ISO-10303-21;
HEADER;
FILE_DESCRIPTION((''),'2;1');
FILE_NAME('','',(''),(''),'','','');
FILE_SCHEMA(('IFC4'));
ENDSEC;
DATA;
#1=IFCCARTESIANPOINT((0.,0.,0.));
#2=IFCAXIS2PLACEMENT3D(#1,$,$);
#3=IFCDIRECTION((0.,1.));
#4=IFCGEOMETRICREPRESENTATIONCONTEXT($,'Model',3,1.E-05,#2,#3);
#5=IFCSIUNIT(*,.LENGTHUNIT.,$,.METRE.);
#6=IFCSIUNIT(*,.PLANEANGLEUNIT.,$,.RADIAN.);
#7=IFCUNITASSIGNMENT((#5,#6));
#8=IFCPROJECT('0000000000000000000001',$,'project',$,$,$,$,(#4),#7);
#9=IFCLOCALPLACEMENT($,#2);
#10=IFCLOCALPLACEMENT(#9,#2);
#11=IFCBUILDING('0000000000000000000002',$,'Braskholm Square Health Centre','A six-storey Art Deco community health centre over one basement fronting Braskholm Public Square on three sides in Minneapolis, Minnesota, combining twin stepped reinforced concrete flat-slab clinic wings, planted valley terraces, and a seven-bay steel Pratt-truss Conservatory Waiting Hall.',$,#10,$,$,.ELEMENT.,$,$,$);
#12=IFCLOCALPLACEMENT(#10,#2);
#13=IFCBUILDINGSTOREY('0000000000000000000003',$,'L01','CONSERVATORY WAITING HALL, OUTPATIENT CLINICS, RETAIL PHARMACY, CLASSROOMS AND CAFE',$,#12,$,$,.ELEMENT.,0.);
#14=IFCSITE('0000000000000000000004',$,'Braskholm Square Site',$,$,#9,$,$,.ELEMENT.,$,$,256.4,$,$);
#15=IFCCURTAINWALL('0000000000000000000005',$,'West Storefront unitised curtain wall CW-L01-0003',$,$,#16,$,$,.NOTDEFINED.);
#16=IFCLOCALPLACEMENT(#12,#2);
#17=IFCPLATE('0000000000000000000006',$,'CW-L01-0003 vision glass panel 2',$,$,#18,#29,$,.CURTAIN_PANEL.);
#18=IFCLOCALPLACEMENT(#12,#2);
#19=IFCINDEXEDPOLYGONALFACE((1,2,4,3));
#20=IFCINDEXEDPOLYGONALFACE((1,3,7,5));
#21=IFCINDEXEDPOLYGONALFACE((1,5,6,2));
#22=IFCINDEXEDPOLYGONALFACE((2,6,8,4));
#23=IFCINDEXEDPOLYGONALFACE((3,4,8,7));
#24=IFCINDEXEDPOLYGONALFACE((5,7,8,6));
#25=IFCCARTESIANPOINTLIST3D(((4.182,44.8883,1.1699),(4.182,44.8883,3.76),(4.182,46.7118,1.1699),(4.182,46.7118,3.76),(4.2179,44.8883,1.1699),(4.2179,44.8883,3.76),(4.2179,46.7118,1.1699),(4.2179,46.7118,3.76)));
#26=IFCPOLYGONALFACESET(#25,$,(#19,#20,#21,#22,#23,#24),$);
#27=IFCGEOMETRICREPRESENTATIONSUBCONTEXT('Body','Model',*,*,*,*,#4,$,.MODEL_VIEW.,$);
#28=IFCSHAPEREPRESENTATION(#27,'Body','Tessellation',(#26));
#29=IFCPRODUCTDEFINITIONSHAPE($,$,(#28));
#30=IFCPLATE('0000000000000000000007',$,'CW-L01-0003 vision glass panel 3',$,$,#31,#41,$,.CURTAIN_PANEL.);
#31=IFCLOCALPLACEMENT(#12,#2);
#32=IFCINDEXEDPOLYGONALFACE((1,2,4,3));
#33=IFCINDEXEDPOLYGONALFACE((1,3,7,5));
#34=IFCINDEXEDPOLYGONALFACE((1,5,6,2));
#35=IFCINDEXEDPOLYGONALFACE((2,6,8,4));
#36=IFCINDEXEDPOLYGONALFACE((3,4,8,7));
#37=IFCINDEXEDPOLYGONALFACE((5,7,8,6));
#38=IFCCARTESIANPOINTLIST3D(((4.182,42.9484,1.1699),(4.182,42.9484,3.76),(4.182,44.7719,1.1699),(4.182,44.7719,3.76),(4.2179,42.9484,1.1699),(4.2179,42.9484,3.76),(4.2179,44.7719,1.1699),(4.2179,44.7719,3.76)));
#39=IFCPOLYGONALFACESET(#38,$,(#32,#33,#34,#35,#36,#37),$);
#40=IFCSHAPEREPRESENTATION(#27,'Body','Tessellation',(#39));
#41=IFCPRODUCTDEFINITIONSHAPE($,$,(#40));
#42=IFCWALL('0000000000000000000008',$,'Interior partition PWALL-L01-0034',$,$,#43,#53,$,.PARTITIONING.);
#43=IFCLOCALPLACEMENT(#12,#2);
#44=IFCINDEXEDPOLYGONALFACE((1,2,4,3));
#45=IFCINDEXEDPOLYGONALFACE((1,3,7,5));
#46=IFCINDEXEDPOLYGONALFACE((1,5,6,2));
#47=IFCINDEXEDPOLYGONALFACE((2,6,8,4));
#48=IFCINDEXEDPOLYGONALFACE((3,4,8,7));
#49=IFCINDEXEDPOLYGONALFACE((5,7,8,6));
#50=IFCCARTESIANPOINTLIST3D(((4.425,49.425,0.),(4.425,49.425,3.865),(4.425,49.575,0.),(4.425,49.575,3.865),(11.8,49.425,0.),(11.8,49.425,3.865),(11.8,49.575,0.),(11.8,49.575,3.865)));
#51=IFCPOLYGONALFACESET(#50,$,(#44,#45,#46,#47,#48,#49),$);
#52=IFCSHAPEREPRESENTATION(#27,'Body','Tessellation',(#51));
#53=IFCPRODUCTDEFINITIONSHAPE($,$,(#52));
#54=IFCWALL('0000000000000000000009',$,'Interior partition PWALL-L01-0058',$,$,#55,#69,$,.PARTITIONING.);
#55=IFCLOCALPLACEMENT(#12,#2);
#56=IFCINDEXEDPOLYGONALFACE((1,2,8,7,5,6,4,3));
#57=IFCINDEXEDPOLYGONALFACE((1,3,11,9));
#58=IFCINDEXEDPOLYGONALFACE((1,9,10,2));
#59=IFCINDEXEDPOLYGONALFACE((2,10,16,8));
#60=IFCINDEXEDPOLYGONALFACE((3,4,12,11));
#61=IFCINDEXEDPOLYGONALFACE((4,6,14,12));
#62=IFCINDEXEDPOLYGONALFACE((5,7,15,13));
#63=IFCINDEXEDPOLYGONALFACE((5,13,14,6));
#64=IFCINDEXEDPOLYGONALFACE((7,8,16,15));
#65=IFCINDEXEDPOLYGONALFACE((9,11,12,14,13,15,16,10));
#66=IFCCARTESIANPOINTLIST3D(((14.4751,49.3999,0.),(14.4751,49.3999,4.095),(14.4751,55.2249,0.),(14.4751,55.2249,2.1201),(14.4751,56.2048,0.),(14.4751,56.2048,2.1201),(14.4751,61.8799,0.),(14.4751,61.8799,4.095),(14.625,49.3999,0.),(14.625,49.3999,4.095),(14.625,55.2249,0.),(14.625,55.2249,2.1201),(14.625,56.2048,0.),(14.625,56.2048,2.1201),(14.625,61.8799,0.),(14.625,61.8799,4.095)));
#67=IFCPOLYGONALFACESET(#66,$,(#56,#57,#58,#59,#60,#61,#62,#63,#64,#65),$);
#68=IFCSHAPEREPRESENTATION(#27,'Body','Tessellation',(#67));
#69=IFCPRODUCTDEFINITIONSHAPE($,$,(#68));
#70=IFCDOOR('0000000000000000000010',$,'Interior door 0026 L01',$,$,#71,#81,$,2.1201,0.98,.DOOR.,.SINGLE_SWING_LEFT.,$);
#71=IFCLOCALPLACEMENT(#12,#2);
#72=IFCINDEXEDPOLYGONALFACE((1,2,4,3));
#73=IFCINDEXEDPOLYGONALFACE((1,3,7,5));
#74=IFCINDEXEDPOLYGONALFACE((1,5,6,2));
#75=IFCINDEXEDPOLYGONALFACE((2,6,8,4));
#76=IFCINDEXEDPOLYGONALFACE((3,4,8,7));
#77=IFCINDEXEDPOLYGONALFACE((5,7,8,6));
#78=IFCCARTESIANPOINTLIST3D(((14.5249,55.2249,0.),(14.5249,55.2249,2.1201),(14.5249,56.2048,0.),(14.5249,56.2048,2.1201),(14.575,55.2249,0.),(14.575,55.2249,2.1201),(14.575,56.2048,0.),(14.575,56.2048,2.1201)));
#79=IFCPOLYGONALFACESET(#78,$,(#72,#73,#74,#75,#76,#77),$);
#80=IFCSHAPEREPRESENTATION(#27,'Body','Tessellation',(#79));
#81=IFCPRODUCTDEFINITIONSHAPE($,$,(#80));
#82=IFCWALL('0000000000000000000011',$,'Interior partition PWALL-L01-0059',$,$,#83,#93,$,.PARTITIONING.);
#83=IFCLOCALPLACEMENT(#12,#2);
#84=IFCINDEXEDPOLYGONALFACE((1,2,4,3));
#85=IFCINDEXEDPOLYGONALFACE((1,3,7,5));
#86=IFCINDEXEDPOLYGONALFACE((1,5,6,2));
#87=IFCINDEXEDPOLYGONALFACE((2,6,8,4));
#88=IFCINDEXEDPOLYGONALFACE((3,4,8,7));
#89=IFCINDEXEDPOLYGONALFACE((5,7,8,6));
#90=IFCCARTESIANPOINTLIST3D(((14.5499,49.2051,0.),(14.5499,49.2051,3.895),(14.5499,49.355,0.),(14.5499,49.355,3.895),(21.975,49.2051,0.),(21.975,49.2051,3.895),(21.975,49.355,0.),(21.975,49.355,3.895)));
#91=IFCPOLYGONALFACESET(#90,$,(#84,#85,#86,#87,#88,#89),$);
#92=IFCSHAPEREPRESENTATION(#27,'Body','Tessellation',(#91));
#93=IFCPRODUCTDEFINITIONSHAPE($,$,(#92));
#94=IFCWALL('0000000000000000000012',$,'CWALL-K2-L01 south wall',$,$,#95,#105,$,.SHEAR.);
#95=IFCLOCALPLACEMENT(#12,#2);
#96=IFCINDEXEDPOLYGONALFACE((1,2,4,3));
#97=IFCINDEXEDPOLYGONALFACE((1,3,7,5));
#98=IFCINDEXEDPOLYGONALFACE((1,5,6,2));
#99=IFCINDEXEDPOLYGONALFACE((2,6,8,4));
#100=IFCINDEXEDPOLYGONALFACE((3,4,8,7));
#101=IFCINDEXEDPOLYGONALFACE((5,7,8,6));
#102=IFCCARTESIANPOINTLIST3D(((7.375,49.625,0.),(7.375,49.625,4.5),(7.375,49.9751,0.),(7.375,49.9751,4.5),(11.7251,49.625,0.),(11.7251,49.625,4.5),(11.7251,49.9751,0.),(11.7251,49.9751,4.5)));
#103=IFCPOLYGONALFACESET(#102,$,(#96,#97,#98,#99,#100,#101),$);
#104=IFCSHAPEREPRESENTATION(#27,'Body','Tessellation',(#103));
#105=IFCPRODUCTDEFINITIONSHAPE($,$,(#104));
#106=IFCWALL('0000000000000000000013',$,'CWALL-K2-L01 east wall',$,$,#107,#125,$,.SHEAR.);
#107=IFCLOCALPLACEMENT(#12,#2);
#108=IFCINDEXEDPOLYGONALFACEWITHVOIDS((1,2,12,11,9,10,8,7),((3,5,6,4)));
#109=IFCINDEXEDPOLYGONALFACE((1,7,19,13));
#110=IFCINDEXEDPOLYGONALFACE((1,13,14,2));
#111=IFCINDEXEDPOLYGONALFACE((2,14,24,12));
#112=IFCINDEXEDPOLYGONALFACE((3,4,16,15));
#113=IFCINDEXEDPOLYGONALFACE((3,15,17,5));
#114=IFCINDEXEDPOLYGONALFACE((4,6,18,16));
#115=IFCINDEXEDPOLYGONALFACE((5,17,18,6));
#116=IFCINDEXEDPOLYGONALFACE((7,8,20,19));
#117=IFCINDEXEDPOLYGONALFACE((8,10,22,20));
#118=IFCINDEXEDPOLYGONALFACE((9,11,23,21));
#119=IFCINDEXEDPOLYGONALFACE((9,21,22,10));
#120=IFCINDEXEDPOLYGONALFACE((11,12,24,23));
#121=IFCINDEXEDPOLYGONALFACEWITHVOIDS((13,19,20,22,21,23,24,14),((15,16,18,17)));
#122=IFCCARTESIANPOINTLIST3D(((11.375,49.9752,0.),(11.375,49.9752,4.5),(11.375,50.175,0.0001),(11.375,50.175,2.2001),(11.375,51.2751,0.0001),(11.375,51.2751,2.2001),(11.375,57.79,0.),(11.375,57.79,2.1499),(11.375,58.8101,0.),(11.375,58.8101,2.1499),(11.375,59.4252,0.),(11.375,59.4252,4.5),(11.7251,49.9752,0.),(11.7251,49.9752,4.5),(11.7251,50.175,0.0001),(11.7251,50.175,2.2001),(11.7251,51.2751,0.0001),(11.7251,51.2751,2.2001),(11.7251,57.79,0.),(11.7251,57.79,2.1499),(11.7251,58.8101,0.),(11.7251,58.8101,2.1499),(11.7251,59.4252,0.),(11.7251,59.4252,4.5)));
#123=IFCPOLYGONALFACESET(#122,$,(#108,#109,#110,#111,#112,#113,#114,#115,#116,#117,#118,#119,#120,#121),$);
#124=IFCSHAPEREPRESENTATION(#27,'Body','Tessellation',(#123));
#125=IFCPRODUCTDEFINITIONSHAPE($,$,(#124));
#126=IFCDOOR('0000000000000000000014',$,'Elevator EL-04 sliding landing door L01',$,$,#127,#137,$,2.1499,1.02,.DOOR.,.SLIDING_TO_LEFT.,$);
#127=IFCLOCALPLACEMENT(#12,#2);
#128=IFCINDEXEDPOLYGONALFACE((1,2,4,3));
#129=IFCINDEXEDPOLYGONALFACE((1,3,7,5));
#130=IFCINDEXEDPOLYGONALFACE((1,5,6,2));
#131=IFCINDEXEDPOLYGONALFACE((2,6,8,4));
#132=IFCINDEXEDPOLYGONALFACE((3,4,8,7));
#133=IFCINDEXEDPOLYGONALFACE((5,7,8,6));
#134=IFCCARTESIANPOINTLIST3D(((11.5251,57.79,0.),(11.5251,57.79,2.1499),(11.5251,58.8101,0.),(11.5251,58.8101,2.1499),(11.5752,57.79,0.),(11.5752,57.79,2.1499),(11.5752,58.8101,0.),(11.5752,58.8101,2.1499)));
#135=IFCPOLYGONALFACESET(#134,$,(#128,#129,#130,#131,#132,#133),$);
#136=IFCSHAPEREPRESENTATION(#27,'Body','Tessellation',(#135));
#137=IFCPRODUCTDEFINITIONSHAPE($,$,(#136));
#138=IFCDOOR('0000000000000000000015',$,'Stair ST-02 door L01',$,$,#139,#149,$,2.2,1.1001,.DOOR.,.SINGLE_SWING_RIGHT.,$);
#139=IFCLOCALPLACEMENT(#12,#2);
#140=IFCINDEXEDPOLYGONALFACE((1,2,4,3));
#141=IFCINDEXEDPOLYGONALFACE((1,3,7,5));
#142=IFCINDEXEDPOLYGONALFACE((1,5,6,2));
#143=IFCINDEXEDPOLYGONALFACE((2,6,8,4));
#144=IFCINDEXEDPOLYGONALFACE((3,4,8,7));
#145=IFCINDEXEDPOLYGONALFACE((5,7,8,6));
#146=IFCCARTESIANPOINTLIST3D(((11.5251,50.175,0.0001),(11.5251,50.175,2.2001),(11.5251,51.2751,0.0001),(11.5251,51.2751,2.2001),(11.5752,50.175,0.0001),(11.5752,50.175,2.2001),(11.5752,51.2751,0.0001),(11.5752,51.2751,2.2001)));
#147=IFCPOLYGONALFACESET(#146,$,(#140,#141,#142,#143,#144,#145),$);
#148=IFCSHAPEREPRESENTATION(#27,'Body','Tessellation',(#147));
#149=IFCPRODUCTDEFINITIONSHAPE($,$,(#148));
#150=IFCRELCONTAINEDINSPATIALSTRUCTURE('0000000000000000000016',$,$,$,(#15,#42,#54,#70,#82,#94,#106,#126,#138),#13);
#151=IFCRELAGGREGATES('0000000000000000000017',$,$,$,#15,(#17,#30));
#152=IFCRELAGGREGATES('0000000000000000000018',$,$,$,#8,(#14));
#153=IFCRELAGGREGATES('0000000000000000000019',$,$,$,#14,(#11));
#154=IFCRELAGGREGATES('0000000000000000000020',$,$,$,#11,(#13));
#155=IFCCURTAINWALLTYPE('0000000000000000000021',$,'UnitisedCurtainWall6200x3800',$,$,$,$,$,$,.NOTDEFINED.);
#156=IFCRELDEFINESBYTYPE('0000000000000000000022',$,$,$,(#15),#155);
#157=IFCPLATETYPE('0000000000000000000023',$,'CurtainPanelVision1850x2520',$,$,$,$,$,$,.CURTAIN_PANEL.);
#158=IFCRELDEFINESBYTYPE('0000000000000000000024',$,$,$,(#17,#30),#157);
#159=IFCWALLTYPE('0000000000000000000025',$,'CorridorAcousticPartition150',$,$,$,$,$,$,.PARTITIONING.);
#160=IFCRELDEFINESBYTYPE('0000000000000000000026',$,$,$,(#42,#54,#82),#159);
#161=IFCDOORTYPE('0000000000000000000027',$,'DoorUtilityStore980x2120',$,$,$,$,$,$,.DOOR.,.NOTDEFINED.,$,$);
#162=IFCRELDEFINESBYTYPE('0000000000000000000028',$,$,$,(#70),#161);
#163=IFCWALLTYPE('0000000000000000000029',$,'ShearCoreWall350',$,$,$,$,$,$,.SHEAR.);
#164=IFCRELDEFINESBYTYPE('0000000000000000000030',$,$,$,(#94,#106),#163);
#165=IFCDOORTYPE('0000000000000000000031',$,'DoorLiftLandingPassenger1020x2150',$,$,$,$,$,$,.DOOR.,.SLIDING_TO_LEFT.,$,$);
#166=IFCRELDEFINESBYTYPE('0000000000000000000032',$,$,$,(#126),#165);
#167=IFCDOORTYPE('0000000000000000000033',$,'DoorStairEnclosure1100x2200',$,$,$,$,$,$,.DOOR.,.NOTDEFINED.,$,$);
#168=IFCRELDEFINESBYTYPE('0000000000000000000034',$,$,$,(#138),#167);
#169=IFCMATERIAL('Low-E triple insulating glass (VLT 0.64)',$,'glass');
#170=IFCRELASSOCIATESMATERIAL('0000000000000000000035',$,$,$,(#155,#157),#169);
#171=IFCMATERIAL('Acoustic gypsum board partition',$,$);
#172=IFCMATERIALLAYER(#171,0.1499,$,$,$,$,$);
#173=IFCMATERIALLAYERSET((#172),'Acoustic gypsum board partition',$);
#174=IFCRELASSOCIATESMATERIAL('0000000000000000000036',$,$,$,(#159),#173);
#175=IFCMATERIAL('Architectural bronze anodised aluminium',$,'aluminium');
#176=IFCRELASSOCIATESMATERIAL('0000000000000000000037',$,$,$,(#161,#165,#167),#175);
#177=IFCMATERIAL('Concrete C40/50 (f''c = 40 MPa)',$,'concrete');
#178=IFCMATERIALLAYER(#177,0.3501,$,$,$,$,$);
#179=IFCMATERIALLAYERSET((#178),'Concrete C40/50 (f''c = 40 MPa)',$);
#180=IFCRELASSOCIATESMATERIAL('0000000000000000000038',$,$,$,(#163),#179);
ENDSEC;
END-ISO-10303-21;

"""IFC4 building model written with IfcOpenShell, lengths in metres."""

from ifc_helpers import new_model, si_unit, direction, frame, frame_2d, origin, origin_with_axes, origin_2d, place, context, subcontext, project, spatial, rectangle, extrude, material, layer, layer_set, type_object, element, fill, aggregate, save


model = new_model("IFC4")

# Units and contexts
model_context = context("Model", 3, precision=1e-05, world=origin(), true_north=direction((0.0, 1.0)))
body_context = subcontext(model_context, "Body", "Model", "MODEL_VIEW")
ifc_project = project(units=[si_unit("LENGTHUNIT", "METRE"), si_unit("PLANEANGLEUNIT", "RADIAN")], contexts=[model_context])

# Site, building, storey
site_placement = place(None, origin())
site = spatial("IfcSite", under=ifc_project, at=site_placement, Name="Braskholm Square Site", CompositionType="ELEMENT", RefElevation=256.4)
building_placement = place(site_placement, origin())
building = spatial("IfcBuilding", under=site, at=building_placement, Name="Braskholm Square Health Centre", Description="A six-storey Art Deco community health centre over one basement fronting Braskholm Public Square on three sides in Minneapolis, Minnesota, combining twin stepped reinforced concrete flat-slab clinic wings, planted valley terraces, and a seven-bay steel Pratt-truss Conservatory Waiting Hall.", CompositionType="ELEMENT")
storey_placement = place(building_placement, origin())
storey = spatial("IfcBuildingStorey", under=building, at=storey_placement, Name="L01", Description="CONSERVATORY WAITING HALL, OUTPATIENT CLINICS, RETAIL PHARMACY, CLASSROOMS AND CAFE", CompositionType="ELEMENT", Elevation=0.0)

# Shared definitions
ifc_material_1 = material(Name="Concrete C40/50 (f'c = 40 MPa)", Category="concrete")

# Curtain wall
ifc_material_2 = material(Name="Low-E triple insulating glass (VLT 0.64)", Category="glass")
curtain_wall_type = type_object("IfcCurtainWallType", Name="UnitisedCurtainWall6200x3800", PredefinedType="NOTDEFINED", material=ifc_material_2)
curtain_wall_placement = place(storey_placement, origin())
curtain_wall = element("IfcCurtainWall", 1, at=curtain_wall_placement, inside=storey, type_object=curtain_wall_type, Name="West Storefront unitised curtain wall CW-L01-0003", PredefinedType="NOTDEFINED")
ifc_material_3 = material(Name="Architectural bronze anodised aluminium", Category="aluminium")

# Plates
plate_type_1 = type_object("IfcPlateType", Name="CurtainPanelVision1850x2520", PredefinedType="CURTAIN_PANEL", material=ifc_material_2)
plate_1_placement = place(storey_placement, frame((4.2, 45.8, 1.1699), z_axis=(0.0, 0.0, 1.0), x_axis=(0.0, -1.0, 0.0)))
plate_1 = element("IfcPlate", 2, at=plate_1_placement, type_object=plate_type_1, Name="CW-L01-0003 vision glass panel 2", PredefinedType="CURTAIN_PANEL", context=body_context, shape_type="SweptSolid", body=[
    extrude(rectangle(XDim=1.8235, YDim=0.0359, at=origin_2d()), origin(), (0.0, 0.0, 1.0), 2.5901),
])
plate_2_placement = place(storey_placement, frame((4.2, 43.8601, 1.1699), z_axis=(0.0, 0.0, 1.0), x_axis=(0.0, -1.0, 0.0)))
plate_2 = element("IfcPlate", 3, at=plate_2_placement, type_object=plate_type_1, Name="CW-L01-0003 vision glass panel 3", PredefinedType="CURTAIN_PANEL", context=body_context, shape_type="SweptSolid", body=[
    extrude(rectangle(XDim=1.8235, YDim=0.0359, at=origin_2d()), origin(), (0.0, 0.0, 1.0), 2.5901),
])
aggregate(curtain_wall, [plate_1, plate_2])

# Wall
ifc_material_4 = material(Name="Acoustic gypsum board partition")
ifc_layer_1 = layer(ifc_material_4, 0.1499)
ifc_layer_set_1 = layer_set([ifc_layer_1], Name="Acoustic gypsum board partition")
wall_type_1 = type_object("IfcWallType", Name="CorridorAcousticPartition150", PredefinedType="PARTITIONING", material=ifc_layer_set_1)
wall_1_placement = place(storey_placement, frame((4.425, 49.5, 0.0), z_axis=(0.0, 0.0, 1.0), x_axis=(1.0, 0.0, 0.0)))
element("IfcWall", 4, at=wall_1_placement, inside=storey, type_object=wall_type_1, Name="Interior partition PWALL-L01-0034", PredefinedType="PARTITIONING", context=body_context, shape_type="SweptSolid", body=[
    extrude(rectangle(XDim=7.375, YDim=0.1499, at=frame_2d((3.6875, 0.0))), origin(), (0.0, 0.0, 1.0), 3.865),
])

# Wall, opening, door
wall_2_placement = place(storey_placement, frame((14.55, 49.3999, 0.0), z_axis=(0.0, 0.0, 1.0), x_axis=(0.0, 1.0, 0.0)))
wall_2 = element("IfcWall", 5, at=wall_2_placement, inside=storey, type_object=wall_type_1, Name="Interior partition PWALL-L01-0058", PredefinedType="PARTITIONING", context=body_context, shape_type="SweptSolid", body=[
    extrude(rectangle(XDim=12.48, YDim=0.1499, at=frame_2d((6.24, 0.0))), origin(), (0.0, 0.0, 1.0), 4.095),
])
opening_1_placement = place(wall_2_placement, frame((5.825, 0.0, 0.0)))
opening_1 = element("IfcOpeningElement", 6, at=opening_1_placement, cuts=wall_2, PredefinedType="OPENING", context=body_context, shape_type="SweptSolid", body=[
    extrude(rectangle(XDim=0.98, YDim=2.1201, at=frame_2d((0.49, 1.0601))), frame((0.0, 0.085, 0.0), z_axis=(0.0, -1.0, 0.0), x_axis=(1.0, 0.0, 0.0)), (0.0, 0.0, 1.0), 0.1699),
])
door_type_1 = type_object("IfcDoorType", Name="DoorUtilityStore980x2120", OperationType="NOTDEFINED", PredefinedType="DOOR", material=ifc_material_3)
door_1_placement = place(opening_1_placement, frame((0.98, 0.0, 0.0), z_axis=(0.0, 0.0, 1.0), x_axis=(-1.0, 0.0, 0.0)))
door_1 = element("IfcDoor", 7, at=door_1_placement, inside=storey, type_object=door_type_1, Name="Interior door 0026 L01", OperationType="SINGLE_SWING_LEFT", OverallHeight=2.1201, OverallWidth=0.98, PredefinedType="DOOR", context=body_context, shape_type="SweptSolid", body=[
    extrude(rectangle(XDim=0.98, YDim=2.1201, at=frame_2d((0.49, 1.0601))), frame((0.0, 0.0249, 0.0), z_axis=(0.0, -1.0, 0.0), x_axis=(1.0, 0.0, 0.0)), (0.0, 0.0, 1.0), 0.05),
])
fill(opening_1, door_1)

# Walls
wall_3_placement = place(storey_placement, frame((14.55, 49.28, 0.0), z_axis=(0.0, 0.0, 1.0), x_axis=(1.0, 0.0, 0.0)))
element("IfcWall", 8, at=wall_3_placement, inside=storey, type_object=wall_type_1, Name="Interior partition PWALL-L01-0059", PredefinedType="PARTITIONING", context=body_context, shape_type="SweptSolid", body=[
    extrude(rectangle(XDim=7.425, YDim=0.1499, at=frame_2d((3.7124, 0.0))), origin(), (0.0, 0.0, 1.0), 3.895),
])
ifc_layer_2 = layer(ifc_material_1, 0.3501)
ifc_layer_set_2 = layer_set([ifc_layer_2], Name="Concrete C40/50 (f'c = 40 MPa)")
wall_type_2 = type_object("IfcWallType", Name="ShearCoreWall350", PredefinedType="SHEAR", material=ifc_layer_set_2)
wall_4_placement = place(storey_placement, frame((7.375, 49.8, 0.0), z_axis=(0.0, 0.0, 1.0), x_axis=(1.0, 0.0, 0.0)))
element("IfcWall", 9, at=wall_4_placement, inside=storey, type_object=wall_type_2, Name="CWALL-K2-L01 south wall", PredefinedType="SHEAR", context=body_context, shape_type="SweptSolid", body=[
    extrude(rectangle(XDim=4.3501, YDim=0.3501, at=frame_2d((2.175, 0.0))), origin(), (0.0, 0.0, 1.0), 4.5),
])

# Wall, openings, doors
wall_5_placement = place(storey_placement, frame((11.55, 49.9751, 0.0), z_axis=(0.0, 0.0, 1.0), x_axis=(0.0, 1.0, 0.0)))
wall_5 = element("IfcWall", 10, at=wall_5_placement, inside=storey, type_object=wall_type_2, Name="CWALL-K2-L01 east wall", PredefinedType="SHEAR", context=body_context, shape_type="SweptSolid", body=[
    extrude(rectangle(XDim=9.45, YDim=0.3501, at=frame_2d((4.7251, 0.0))), origin(), (0.0, 0.0, 1.0), 4.5),
])
opening_2_placement = place(wall_5_placement, frame((0.2, 0.0, 0.0)))
opening_2 = element("IfcOpeningElement", 11, at=opening_2_placement, cuts=wall_5, PredefinedType="OPENING", context=body_context, shape_type="SweptSolid", body=[
    extrude(rectangle(XDim=1.1001, YDim=2.2, at=frame_2d((0.55, 1.1001))), frame((0.0, 0.1851, 0.0), z_axis=(0.0, -1.0, 0.0), x_axis=(1.0, 0.0, 0.0)), (0.0, 0.0, 1.0), 0.3701),
])
opening_3_placement = place(wall_5_placement, frame((7.8149, 0.0, 0.0)))
opening_3 = element("IfcOpeningElement", 12, at=opening_3_placement, cuts=wall_5, PredefinedType="OPENING", context=body_context, shape_type="SweptSolid", body=[
    extrude(rectangle(XDim=1.02, YDim=2.1499, at=frame_2d((0.51, 1.075))), frame((0.0, 0.1851, 0.0), z_axis=(0.0, -1.0, 0.0), x_axis=(1.0, 0.0, 0.0)), (0.0, 0.0, 1.0), 0.3701),
])
door_type_2 = type_object("IfcDoorType", Name="DoorLiftLandingPassenger1020x2150", OperationType="SLIDING_TO_LEFT", PredefinedType="DOOR", material=ifc_material_3)
door_2_placement = place(opening_3_placement, origin_with_axes())
door_2 = element("IfcDoor", 13, at=door_2_placement, inside=storey, type_object=door_type_2, Name="Elevator EL-04 sliding landing door L01", OperationType="SLIDING_TO_LEFT", OverallHeight=2.1499, OverallWidth=1.02, PredefinedType="DOOR", context=body_context, shape_type="SweptSolid", body=[
    extrude(rectangle(XDim=1.02, YDim=2.1499, at=frame_2d((0.51, 1.075))), frame((0.0, 0.0249, 0.0), z_axis=(0.0, -1.0, 0.0), x_axis=(1.0, 0.0, 0.0)), (0.0, 0.0, 1.0), 0.05),
])
fill(opening_3, door_2)
door_type_3 = type_object("IfcDoorType", Name="DoorStairEnclosure1100x2200", OperationType="NOTDEFINED", PredefinedType="DOOR", material=ifc_material_3)
door_3_placement = place(opening_2_placement, origin_with_axes())
door_3 = element("IfcDoor", 14, at=door_3_placement, inside=storey, type_object=door_type_3, Name="Stair ST-02 door L01", OperationType="SINGLE_SWING_RIGHT", OverallHeight=2.2, OverallWidth=1.1001, PredefinedType="DOOR", context=body_context, shape_type="SweptSolid", body=[
    extrude(rectangle(XDim=1.1001, YDim=2.2, at=frame_2d((0.55, 1.1001))), frame((0.0, 0.0249, 0.0), z_axis=(0.0, -1.0, 0.0), x_axis=(1.0, 0.0, 0.0)), (0.0, 0.0, 1.0), 0.05),
])
fill(opening_2, door_3)

save(model, "model.ifc")
